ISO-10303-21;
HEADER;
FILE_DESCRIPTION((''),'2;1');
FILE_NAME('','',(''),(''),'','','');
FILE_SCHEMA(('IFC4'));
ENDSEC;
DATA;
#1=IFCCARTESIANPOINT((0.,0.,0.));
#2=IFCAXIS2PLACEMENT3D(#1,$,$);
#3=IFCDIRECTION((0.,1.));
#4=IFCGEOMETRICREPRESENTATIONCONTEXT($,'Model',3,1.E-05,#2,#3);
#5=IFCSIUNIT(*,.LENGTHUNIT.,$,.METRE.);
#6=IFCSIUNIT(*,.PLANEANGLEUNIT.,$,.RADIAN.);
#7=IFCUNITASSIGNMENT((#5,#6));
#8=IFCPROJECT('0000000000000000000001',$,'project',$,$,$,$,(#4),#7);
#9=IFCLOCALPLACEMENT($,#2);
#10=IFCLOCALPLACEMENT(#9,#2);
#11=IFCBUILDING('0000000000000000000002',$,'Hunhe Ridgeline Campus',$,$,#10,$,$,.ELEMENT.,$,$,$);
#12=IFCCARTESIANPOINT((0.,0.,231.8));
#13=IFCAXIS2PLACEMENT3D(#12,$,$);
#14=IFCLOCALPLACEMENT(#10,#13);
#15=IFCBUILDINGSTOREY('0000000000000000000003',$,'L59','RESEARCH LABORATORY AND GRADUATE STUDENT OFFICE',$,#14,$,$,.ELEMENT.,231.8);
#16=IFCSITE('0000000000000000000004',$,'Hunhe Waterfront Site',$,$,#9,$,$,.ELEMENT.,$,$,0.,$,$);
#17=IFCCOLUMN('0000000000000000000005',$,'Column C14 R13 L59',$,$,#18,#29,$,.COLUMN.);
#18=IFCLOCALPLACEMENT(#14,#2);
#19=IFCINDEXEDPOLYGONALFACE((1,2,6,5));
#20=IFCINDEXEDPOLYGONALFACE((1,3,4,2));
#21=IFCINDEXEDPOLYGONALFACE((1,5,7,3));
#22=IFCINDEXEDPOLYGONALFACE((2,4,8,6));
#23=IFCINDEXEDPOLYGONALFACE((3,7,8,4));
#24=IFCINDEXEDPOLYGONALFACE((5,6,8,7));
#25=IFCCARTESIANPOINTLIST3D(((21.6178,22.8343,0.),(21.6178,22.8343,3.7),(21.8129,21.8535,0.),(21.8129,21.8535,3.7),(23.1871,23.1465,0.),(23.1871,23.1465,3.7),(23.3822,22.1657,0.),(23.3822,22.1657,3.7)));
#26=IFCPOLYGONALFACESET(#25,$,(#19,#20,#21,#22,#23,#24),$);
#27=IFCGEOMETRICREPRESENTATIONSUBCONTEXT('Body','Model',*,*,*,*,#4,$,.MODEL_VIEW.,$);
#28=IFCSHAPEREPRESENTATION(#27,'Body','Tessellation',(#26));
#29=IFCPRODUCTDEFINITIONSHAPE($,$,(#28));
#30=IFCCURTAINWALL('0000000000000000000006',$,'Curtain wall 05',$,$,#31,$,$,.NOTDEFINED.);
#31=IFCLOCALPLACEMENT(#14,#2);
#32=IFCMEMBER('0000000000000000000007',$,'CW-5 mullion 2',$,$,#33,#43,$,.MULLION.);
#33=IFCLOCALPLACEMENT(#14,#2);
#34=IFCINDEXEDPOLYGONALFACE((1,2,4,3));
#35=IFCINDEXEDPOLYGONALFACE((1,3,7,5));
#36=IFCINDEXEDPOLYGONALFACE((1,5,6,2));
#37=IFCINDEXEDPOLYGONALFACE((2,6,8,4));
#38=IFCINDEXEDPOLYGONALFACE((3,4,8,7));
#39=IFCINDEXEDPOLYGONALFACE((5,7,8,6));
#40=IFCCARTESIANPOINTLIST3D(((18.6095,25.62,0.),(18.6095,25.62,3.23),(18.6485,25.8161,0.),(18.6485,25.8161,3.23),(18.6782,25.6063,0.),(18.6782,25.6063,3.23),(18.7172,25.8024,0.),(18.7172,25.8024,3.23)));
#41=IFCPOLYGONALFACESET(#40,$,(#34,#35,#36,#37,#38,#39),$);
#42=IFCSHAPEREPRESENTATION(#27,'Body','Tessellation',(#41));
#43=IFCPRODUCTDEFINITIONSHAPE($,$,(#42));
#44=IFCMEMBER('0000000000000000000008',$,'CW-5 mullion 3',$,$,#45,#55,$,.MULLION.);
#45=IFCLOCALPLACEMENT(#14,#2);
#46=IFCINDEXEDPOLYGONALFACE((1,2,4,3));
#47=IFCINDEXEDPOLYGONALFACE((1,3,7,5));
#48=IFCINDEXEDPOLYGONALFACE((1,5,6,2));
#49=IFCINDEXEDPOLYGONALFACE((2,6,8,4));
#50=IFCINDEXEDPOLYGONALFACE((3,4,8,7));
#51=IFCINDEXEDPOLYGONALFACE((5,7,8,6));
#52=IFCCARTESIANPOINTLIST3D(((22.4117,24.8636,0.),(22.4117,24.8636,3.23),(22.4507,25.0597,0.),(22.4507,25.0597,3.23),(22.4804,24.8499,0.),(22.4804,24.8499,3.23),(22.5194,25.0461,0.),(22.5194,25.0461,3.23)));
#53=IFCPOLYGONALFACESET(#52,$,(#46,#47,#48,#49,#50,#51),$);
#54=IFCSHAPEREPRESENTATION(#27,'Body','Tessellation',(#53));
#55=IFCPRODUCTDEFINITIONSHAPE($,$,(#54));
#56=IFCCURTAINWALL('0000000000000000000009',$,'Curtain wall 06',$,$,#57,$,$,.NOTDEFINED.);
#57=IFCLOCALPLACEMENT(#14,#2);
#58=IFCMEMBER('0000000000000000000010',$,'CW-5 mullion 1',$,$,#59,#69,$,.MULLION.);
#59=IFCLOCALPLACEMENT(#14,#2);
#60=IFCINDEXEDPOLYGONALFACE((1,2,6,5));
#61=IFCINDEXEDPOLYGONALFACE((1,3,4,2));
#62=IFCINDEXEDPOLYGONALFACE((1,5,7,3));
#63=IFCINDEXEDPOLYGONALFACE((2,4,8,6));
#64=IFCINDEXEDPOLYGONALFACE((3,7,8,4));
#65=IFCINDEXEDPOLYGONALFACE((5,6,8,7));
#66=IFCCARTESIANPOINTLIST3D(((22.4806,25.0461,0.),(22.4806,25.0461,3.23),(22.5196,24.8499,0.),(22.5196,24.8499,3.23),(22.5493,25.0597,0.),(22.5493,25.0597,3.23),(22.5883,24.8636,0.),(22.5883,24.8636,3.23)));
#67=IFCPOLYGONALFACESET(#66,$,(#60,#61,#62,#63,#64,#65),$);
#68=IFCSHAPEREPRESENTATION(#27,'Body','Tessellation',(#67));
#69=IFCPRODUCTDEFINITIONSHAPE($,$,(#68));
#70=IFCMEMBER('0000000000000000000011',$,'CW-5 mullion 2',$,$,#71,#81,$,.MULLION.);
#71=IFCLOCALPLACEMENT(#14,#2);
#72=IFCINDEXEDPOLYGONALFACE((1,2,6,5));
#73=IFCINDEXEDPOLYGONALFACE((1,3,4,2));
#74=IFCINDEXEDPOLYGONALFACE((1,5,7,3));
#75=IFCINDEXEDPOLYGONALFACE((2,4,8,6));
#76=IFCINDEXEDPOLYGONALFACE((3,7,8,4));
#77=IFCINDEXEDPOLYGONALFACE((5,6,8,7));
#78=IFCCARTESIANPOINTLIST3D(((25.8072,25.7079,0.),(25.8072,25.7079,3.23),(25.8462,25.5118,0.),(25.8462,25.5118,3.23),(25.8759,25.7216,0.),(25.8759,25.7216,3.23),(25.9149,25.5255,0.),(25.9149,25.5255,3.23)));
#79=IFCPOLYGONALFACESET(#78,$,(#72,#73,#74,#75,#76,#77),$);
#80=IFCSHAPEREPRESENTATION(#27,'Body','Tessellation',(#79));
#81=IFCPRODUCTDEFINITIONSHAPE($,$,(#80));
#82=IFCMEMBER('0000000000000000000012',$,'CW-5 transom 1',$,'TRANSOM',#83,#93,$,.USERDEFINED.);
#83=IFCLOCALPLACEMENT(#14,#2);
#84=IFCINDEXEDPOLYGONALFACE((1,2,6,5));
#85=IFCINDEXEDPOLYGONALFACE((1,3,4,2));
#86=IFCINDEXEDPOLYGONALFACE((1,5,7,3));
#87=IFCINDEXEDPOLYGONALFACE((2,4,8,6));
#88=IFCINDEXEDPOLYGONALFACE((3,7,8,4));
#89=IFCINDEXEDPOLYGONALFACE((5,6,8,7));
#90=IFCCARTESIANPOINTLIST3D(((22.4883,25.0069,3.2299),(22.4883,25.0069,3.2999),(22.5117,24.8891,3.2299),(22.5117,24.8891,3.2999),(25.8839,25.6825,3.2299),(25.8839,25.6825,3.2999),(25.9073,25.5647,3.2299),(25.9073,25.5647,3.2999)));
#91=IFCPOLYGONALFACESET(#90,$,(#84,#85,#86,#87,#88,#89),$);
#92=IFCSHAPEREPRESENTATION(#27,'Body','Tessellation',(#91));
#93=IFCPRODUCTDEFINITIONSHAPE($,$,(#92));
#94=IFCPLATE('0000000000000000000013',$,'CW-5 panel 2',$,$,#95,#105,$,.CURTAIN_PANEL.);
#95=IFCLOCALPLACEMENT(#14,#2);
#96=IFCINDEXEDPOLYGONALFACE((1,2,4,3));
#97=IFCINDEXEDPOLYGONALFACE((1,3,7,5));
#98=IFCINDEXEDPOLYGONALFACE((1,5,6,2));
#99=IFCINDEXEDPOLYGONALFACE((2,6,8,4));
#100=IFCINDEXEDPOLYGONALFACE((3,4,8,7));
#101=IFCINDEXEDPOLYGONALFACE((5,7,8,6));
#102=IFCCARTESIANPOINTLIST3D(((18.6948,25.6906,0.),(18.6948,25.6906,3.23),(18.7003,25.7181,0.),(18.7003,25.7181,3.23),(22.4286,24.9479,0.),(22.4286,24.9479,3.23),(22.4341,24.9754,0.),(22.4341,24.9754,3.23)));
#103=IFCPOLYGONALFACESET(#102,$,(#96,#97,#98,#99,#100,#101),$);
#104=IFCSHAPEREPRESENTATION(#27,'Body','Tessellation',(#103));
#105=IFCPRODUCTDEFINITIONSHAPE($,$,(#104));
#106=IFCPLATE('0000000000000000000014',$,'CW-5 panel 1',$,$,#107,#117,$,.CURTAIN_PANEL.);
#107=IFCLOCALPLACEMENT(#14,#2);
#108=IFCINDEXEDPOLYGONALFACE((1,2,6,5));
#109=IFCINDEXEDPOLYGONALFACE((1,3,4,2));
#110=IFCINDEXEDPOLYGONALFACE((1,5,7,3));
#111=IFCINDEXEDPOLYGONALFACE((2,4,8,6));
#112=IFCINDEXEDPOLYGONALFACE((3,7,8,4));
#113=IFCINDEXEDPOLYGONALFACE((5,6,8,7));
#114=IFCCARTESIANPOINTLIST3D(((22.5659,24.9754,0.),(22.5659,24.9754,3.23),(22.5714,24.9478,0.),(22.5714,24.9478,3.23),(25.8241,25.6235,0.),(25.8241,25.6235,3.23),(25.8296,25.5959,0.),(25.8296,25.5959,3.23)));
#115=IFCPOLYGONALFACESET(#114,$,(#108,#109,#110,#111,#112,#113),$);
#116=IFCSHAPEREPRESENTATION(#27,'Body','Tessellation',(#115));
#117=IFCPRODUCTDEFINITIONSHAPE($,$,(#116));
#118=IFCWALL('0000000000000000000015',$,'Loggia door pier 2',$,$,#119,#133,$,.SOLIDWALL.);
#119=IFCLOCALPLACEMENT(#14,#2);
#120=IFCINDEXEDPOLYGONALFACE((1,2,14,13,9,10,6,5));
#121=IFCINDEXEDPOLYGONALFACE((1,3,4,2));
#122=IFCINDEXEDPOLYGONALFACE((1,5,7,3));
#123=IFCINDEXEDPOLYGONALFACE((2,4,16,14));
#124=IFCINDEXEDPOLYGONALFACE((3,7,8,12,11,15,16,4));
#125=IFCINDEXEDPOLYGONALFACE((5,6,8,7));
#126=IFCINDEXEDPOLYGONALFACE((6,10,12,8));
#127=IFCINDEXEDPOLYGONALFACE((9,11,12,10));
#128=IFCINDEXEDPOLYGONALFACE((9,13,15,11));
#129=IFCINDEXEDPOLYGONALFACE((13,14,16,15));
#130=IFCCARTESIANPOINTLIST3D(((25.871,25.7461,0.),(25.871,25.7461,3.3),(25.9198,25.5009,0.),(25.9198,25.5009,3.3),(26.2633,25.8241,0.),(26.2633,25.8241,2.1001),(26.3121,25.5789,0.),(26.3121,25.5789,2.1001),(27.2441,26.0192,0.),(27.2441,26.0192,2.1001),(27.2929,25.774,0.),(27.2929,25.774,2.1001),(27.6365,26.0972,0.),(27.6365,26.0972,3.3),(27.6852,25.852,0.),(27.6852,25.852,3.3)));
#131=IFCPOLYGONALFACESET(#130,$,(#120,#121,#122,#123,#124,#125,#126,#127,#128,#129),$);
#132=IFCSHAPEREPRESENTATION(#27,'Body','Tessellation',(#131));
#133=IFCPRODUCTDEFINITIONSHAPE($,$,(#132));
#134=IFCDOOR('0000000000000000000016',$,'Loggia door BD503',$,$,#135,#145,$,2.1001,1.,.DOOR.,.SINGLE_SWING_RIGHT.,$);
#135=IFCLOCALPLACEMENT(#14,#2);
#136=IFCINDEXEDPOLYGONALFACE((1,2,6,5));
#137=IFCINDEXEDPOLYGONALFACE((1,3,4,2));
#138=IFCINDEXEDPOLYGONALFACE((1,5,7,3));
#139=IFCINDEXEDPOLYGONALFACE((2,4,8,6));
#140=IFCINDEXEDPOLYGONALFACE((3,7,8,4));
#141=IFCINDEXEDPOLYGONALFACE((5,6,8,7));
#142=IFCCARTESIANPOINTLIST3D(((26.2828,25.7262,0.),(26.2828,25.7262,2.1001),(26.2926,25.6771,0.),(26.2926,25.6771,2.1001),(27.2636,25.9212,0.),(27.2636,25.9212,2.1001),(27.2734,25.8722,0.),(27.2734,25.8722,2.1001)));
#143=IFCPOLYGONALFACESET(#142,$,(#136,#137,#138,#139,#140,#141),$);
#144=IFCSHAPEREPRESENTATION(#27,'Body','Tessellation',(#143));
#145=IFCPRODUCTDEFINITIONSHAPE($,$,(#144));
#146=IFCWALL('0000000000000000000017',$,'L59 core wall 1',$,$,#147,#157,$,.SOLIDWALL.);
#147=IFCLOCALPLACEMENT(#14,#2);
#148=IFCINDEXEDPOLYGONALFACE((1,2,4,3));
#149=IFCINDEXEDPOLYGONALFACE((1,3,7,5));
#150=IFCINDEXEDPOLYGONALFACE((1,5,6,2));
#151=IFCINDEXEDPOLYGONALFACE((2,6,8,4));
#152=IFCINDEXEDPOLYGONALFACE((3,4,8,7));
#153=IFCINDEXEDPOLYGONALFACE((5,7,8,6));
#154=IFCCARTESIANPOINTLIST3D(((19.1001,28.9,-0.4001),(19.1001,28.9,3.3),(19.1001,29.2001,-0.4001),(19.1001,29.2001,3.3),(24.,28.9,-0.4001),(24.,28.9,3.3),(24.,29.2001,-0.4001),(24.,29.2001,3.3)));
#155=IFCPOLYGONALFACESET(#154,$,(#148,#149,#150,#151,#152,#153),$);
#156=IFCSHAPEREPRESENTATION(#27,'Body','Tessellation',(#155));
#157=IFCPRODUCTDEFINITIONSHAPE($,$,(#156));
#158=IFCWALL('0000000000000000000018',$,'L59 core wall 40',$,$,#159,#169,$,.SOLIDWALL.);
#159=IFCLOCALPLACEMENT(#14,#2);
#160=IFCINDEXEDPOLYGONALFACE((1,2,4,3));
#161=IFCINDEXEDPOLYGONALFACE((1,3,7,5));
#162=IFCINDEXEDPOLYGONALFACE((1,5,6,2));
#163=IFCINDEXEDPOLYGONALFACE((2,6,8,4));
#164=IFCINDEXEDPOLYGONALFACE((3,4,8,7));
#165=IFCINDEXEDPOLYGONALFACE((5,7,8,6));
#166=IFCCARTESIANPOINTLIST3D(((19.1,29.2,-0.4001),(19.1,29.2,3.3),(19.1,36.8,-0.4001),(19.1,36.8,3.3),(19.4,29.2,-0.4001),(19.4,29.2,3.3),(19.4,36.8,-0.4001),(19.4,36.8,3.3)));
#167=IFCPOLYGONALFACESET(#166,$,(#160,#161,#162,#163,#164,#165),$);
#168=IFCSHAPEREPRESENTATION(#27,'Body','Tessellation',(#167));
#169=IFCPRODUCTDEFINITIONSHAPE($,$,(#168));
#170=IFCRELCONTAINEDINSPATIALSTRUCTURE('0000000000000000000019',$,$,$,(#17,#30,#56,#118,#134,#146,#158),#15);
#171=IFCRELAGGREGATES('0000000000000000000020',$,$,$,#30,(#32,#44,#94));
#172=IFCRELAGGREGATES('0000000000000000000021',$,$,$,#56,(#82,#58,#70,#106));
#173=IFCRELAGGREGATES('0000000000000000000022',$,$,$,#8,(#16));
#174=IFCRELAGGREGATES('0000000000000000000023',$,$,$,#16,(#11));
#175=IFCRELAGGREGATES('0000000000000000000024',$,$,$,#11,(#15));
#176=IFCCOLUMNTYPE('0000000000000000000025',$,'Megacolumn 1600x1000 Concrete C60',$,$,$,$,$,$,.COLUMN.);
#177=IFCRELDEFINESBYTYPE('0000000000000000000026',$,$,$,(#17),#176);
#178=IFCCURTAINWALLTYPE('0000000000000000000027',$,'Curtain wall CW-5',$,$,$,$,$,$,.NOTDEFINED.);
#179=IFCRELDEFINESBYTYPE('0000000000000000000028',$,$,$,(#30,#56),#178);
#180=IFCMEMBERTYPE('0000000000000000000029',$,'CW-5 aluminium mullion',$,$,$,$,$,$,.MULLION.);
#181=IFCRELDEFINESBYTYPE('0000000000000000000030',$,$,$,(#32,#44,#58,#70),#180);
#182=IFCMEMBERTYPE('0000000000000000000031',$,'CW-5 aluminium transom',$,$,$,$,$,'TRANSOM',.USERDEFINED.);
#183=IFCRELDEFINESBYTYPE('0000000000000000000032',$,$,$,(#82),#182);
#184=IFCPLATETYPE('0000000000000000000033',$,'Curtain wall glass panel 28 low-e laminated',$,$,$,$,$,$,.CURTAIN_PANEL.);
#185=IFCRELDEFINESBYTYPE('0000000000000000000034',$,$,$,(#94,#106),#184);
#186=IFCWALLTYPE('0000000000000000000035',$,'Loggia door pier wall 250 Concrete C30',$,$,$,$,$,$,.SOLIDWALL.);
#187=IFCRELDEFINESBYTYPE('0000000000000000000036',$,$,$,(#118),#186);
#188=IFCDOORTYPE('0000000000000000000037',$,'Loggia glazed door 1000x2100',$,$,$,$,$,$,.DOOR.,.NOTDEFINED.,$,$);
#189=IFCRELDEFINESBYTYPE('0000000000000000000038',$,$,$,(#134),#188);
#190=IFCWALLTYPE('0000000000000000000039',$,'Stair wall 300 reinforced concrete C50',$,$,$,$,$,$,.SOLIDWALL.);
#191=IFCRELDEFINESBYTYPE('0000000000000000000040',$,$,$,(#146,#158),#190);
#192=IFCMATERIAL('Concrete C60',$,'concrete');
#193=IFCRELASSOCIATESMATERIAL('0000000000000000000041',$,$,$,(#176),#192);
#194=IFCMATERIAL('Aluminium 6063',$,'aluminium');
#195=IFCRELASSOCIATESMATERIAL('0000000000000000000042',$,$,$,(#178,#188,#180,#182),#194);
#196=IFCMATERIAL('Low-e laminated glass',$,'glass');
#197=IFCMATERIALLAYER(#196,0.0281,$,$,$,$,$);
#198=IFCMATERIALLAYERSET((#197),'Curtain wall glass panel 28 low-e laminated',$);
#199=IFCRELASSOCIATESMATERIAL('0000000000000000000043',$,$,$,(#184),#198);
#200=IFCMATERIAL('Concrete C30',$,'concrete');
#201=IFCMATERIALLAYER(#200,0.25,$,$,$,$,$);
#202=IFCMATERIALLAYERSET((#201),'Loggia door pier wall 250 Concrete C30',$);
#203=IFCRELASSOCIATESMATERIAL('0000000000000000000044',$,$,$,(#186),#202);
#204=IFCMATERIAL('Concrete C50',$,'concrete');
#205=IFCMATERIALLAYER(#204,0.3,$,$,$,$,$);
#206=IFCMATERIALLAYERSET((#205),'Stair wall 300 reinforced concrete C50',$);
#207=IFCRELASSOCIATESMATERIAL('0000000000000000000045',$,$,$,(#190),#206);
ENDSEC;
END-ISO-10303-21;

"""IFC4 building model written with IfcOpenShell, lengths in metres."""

from ifc_helpers import new_model, si_unit, direction, frame, frame_2d, origin, origin_2d, place, context, subcontext, project, spatial, rectangle, extrude, material, layer, layer_set, material_profile, profile_set, type_object, element, fill, aggregate, save


model = new_model("IFC4")

# Units and contexts
model_context = context("Model", 3, precision=1e-05, world=origin(), true_north=direction((0.0, 1.0)))
body_context = subcontext(model_context, "Body", "Model", "MODEL_VIEW")
ifc_project = project(units=[si_unit("LENGTHUNIT", "METRE"), si_unit("PLANEANGLEUNIT", "RADIAN")], contexts=[model_context])

# Site, building, storey
site_placement = place(None, origin())
site = spatial("IfcSite", under=ifc_project, at=site_placement, Name="Hunhe Waterfront Site", CompositionType="ELEMENT", RefElevation=0.0)
building_placement = place(site_placement, origin())
building = spatial("IfcBuilding", under=site, at=building_placement, Name="Hunhe Ridgeline Campus", CompositionType="ELEMENT")
storey_placement = place(building_placement, frame((0.0, 0.0, 231.8)))
storey = spatial("IfcBuildingStorey", under=building, at=storey_placement, Name="L59", Description="RESEARCH LABORATORY AND GRADUATE STUDENT OFFICE", CompositionType="ELEMENT", Elevation=231.8)

# Column
ifc_material_1 = material(Name="Concrete C60", Category="concrete")
ifc_material_profile_1 = material_profile(ifc_material_1, rectangle(XDim=1.6001, YDim=1.0, at=origin_2d()))
ifc_profile_set_1 = profile_set([ifc_material_profile_1], Name="Concrete C60")
column_type = type_object("IfcColumnType", Name="Megacolumn 1600x1000 Concrete C60", PredefinedType="COLUMN", material=ifc_profile_set_1)
column_placement = place(storey_placement, frame((22.5, 22.5, 0.0), z_axis=(0.0, 0.0, 1.0), x_axis=(0.980785, 0.19509, 0.0)))
element("IfcColumn", 1, at=column_placement, inside=storey, type_object=column_type, Name="Column C14 R13 L59", PredefinedType="COLUMN", context=body_context, shape_type="SweptSolid", body=[
    extrude(rectangle(XDim=1.6001, YDim=1.0, at=origin_2d()), origin(), (0.0, 0.0, 1.0), 3.7),
])

# Curtain walls, members
ifc_material_2 = material(Name="Aluminium 6063", Category="aluminium")
curtain_wall_type = type_object("IfcCurtainWallType", Name="Curtain wall CW-5", PredefinedType="NOTDEFINED", material=ifc_material_2)
curtain_wall_1_placement = place(storey_placement, origin())
curtain_wall_1 = element("IfcCurtainWall", 2, at=curtain_wall_1_placement, inside=storey, type_object=curtain_wall_type, Name="Curtain wall 05", PredefinedType="NOTDEFINED")
ifc_material_profile_2 = material_profile(ifc_material_2, rectangle(XDim=0.2, YDim=0.0701, at=origin_2d()))
ifc_profile_set_2 = profile_set([ifc_material_profile_2], Name="Aluminium 6063")
member_type_1 = type_object("IfcMemberType", Name="CW-5 aluminium mullion", PredefinedType="MULLION", material=ifc_profile_set_2)
member_1_placement = place(storey_placement, frame((18.6633, 25.7112, 0.0), z_axis=(0.0, 0.0, 1.0), x_axis=(0.19509, 0.980785, 0.0)))
member_1 = element("IfcMember", 3, at=member_1_placement, type_object=member_type_1, Name="CW-5 mullion 2", PredefinedType="MULLION", context=body_context, shape_type="SweptSolid", body=[
    extrude(rectangle(XDim=0.2, YDim=0.0701, at=origin_2d()), origin(), (0.0, 0.0, 1.0), 3.23),
])
member_2_placement = place(storey_placement, frame((22.4656, 24.9548, 0.0), z_axis=(0.0, 0.0, 1.0), x_axis=(0.19509, 0.980785, 0.0)))
member_2 = element("IfcMember", 4, at=member_2_placement, type_object=member_type_1, Name="CW-5 mullion 3", PredefinedType="MULLION", context=body_context, shape_type="SweptSolid", body=[
    extrude(rectangle(XDim=0.2, YDim=0.0701, at=origin_2d()), origin(), (0.0, 0.0, 1.0), 3.23),
])
curtain_wall_2_placement = place(storey_placement, origin())
curtain_wall_2 = element("IfcCurtainWall", 5, at=curtain_wall_2_placement, inside=storey, type_object=curtain_wall_type, Name="Curtain wall 06", PredefinedType="NOTDEFINED")
member_3_placement = place(storey_placement, frame((22.5344, 24.9548, 0.0), z_axis=(0.0, 0.0, 1.0), x_axis=(-0.19509, 0.980785, 0.0)))
member_3 = element("IfcMember", 6, at=member_3_placement, type_object=member_type_1, Name="CW-5 mullion 1", PredefinedType="MULLION", context=body_context, shape_type="SweptSolid", body=[
    extrude(rectangle(XDim=0.2, YDim=0.0701, at=origin_2d()), origin(), (0.0, 0.0, 1.0), 3.23),
])
member_4_placement = place(storey_placement, frame((25.8611, 25.6167, 0.0), z_axis=(0.0, 0.0, 1.0), x_axis=(-0.19509, 0.980785, 0.0)))
member_4 = element("IfcMember", 7, at=member_4_placement, type_object=member_type_1, Name="CW-5 mullion 2", PredefinedType="MULLION", context=body_context, shape_type="SweptSolid", body=[
    extrude(rectangle(XDim=0.2, YDim=0.0701, at=origin_2d()), origin(), (0.0, 0.0, 1.0), 3.23),
])
ifc_material_profile_3 = material_profile(ifc_material_2, rectangle(XDim=0.1201, YDim=0.0701, at=origin_2d()))
ifc_profile_set_3 = profile_set([ifc_material_profile_3], Name="Aluminium 6063")
member_type_2 = type_object("IfcMemberType", Name="CW-5 aluminium transom", ElementType="TRANSOM", PredefinedType="USERDEFINED", material=ifc_profile_set_3)
member_5_placement = place(storey_placement, frame((22.5, 24.948, 3.2649), z_axis=(0.980778, 0.195126, 0.0), x_axis=(-0.195126, 0.980778, 0.0)))
member_5 = element("IfcMember", 8, at=member_5_placement, type_object=member_type_2, Name="CW-5 transom 1", ObjectType="TRANSOM", PredefinedType="USERDEFINED", context=body_context, shape_type="SweptSolid", body=[
    extrude(rectangle(XDim=0.1201, YDim=0.0701, at=origin_2d()), origin(), (0.0, 0.0, 1.0), 3.4622),
])

# Plates
ifc_material_3 = material(Name="Low-e laminated glass", Category="glass")
ifc_layer_1 = layer(ifc_material_3, 0.0281)
ifc_layer_set_1 = layer_set([ifc_layer_1], Name="Curtain wall glass panel 28 low-e laminated")
plate_type = type_object("IfcPlateType", Name="Curtain wall glass panel 28 low-e laminated", PredefinedType="CURTAIN_PANEL", material=ifc_layer_set_1)
plate_1_placement = place(storey_placement, frame((20.5645, 25.333, 0.0), z_axis=(0.0, 0.0, 1.0), x_axis=(0.980785, -0.19509, 0.0)))
plate_1 = element("IfcPlate", 9, at=plate_1_placement, type_object=plate_type, Name="CW-5 panel 2", PredefinedType="CURTAIN_PANEL", context=body_context, shape_type="SweptSolid", body=[
    extrude(rectangle(XDim=3.8069, YDim=0.0281, at=origin_2d()), origin(), (0.0, 0.0, 1.0), 3.23),
])
aggregate(curtain_wall_1, [member_1, member_2, plate_1])
plate_2_placement = place(storey_placement, frame((24.1978, 25.2856, 0.0), z_axis=(0.0, 0.0, 1.0), x_axis=(0.980785, 0.19509, 0.0)))
plate_2 = element("IfcPlate", 10, at=plate_2_placement, type_object=plate_type, Name="CW-5 panel 1", PredefinedType="CURTAIN_PANEL", context=body_context, shape_type="SweptSolid", body=[
    extrude(rectangle(XDim=3.322, YDim=0.0281, at=origin_2d()), origin(), (0.0, 0.0, 1.0), 3.23),
])
aggregate(curtain_wall_2, [member_5, member_3, member_4, plate_2])

# Wall, opening, door
ifc_material_4 = material(Name="Concrete C30", Category="concrete")
ifc_layer_2 = layer(ifc_material_4, 0.25)
ifc_layer_set_2 = layer_set([ifc_layer_2], Name="Loggia door pier wall 250 Concrete C30")
wall_type_1 = type_object("IfcWallType", Name="Loggia door pier wall 250 Concrete C30", PredefinedType="SOLIDWALL", material=ifc_layer_set_2)
wall_1_placement = place(storey_placement, frame((25.8955, 25.6235, 0.0), z_axis=(0.0, 0.0, 1.0), x_axis=(0.980794, 0.195047, 0.0)))
wall_1 = element("IfcWall", 11, at=wall_1_placement, inside=storey, type_object=wall_type_1, Name="Loggia door pier 2", PredefinedType="SOLIDWALL", context=body_context, shape_type="SweptSolid", body=[
    extrude(rectangle(XDim=1.8, YDim=0.25, at=frame_2d((0.8999, 0.0))), origin(), (0.0, 0.0, 1.0), 3.3),
])
opening_1_placement = place(wall_1_placement, frame((0.3999, 0.0, 0.0)))
opening_1 = element("IfcOpeningElement", 12, at=opening_1_placement, cuts=wall_1, PredefinedType="OPENING", context=body_context, shape_type="SweptSolid", body=[
    extrude(rectangle(XDim=1.0, YDim=2.1001, at=frame_2d((0.5, 1.05))), frame((0.0, 0.125, 0.0), z_axis=(0.0, -1.0, 0.0), x_axis=(1.0, 0.0, 0.0)), (0.0, 0.0, 1.0), 0.25),
])
door_type_1 = type_object("IfcDoorType", Name="Loggia glazed door 1000x2100", OperationType="NOTDEFINED", PredefinedType="DOOR", material=ifc_material_2)
door_1_placement = place(opening_1_placement, frame((1.0, 0.0, 0.0), z_axis=(0.0, 0.0, 1.0), x_axis=(-1.0, 0.0, 0.0)))
door_1 = element("IfcDoor", 13, at=door_1_placement, inside=storey, type_object=door_type_1, Name="Loggia door BD503", OperationType="SINGLE_SWING_RIGHT", OverallHeight=2.1001, OverallWidth=1.0, PredefinedType="DOOR", context=body_context, shape_type="SweptSolid", body=[
    extrude(rectangle(XDim=1.0, YDim=2.1001, at=frame_2d((0.5, 1.05))), frame((0.0, 0.0249, 0.0), z_axis=(0.0, -1.0, 0.0), x_axis=(1.0, 0.0, 0.0)), (0.0, 0.0, 1.0), 0.05),
])
fill(opening_1, door_1)

# Walls
ifc_material_5 = material(Name="Concrete C50", Category="concrete")
ifc_layer_3 = layer(ifc_material_5, 0.3)
ifc_layer_set_3 = layer_set([ifc_layer_3], Name="Stair wall 300 reinforced concrete C50")
wall_type_2 = type_object("IfcWallType", Name="Stair wall 300 reinforced concrete C50", PredefinedType="SOLIDWALL", material=ifc_layer_set_3)
wall_2_placement = place(storey_placement, frame((19.1001, 29.05, -0.4001), z_axis=(0.0, 0.0, 1.0), x_axis=(1.0, 0.0, 0.0)))
element("IfcWall", 14, at=wall_2_placement, inside=storey, type_object=wall_type_2, Name="L59 core wall 1", PredefinedType="SOLIDWALL", context=body_context, shape_type="SweptSolid", body=[
    extrude(rectangle(XDim=4.8999, YDim=0.3, at=frame_2d((2.45, 0.0))), origin(), (0.0, 0.0, 1.0), 3.7002),
])
wall_3_placement = place(storey_placement, frame((19.25, 29.2, -0.4001), z_axis=(0.0, 0.0, 1.0), x_axis=(0.0, 1.0, 0.0)))
element("IfcWall", 15, at=wall_3_placement, inside=storey, type_object=wall_type_2, Name="L59 core wall 40", PredefinedType="SOLIDWALL", context=body_context, shape_type="SweptSolid", body=[
    extrude(rectangle(XDim=7.6001, YDim=0.3, at=frame_2d((3.8, 0.0))), origin(), (0.0, 0.0, 1.0), 3.7002),
])

save(model, "model.ifc")
